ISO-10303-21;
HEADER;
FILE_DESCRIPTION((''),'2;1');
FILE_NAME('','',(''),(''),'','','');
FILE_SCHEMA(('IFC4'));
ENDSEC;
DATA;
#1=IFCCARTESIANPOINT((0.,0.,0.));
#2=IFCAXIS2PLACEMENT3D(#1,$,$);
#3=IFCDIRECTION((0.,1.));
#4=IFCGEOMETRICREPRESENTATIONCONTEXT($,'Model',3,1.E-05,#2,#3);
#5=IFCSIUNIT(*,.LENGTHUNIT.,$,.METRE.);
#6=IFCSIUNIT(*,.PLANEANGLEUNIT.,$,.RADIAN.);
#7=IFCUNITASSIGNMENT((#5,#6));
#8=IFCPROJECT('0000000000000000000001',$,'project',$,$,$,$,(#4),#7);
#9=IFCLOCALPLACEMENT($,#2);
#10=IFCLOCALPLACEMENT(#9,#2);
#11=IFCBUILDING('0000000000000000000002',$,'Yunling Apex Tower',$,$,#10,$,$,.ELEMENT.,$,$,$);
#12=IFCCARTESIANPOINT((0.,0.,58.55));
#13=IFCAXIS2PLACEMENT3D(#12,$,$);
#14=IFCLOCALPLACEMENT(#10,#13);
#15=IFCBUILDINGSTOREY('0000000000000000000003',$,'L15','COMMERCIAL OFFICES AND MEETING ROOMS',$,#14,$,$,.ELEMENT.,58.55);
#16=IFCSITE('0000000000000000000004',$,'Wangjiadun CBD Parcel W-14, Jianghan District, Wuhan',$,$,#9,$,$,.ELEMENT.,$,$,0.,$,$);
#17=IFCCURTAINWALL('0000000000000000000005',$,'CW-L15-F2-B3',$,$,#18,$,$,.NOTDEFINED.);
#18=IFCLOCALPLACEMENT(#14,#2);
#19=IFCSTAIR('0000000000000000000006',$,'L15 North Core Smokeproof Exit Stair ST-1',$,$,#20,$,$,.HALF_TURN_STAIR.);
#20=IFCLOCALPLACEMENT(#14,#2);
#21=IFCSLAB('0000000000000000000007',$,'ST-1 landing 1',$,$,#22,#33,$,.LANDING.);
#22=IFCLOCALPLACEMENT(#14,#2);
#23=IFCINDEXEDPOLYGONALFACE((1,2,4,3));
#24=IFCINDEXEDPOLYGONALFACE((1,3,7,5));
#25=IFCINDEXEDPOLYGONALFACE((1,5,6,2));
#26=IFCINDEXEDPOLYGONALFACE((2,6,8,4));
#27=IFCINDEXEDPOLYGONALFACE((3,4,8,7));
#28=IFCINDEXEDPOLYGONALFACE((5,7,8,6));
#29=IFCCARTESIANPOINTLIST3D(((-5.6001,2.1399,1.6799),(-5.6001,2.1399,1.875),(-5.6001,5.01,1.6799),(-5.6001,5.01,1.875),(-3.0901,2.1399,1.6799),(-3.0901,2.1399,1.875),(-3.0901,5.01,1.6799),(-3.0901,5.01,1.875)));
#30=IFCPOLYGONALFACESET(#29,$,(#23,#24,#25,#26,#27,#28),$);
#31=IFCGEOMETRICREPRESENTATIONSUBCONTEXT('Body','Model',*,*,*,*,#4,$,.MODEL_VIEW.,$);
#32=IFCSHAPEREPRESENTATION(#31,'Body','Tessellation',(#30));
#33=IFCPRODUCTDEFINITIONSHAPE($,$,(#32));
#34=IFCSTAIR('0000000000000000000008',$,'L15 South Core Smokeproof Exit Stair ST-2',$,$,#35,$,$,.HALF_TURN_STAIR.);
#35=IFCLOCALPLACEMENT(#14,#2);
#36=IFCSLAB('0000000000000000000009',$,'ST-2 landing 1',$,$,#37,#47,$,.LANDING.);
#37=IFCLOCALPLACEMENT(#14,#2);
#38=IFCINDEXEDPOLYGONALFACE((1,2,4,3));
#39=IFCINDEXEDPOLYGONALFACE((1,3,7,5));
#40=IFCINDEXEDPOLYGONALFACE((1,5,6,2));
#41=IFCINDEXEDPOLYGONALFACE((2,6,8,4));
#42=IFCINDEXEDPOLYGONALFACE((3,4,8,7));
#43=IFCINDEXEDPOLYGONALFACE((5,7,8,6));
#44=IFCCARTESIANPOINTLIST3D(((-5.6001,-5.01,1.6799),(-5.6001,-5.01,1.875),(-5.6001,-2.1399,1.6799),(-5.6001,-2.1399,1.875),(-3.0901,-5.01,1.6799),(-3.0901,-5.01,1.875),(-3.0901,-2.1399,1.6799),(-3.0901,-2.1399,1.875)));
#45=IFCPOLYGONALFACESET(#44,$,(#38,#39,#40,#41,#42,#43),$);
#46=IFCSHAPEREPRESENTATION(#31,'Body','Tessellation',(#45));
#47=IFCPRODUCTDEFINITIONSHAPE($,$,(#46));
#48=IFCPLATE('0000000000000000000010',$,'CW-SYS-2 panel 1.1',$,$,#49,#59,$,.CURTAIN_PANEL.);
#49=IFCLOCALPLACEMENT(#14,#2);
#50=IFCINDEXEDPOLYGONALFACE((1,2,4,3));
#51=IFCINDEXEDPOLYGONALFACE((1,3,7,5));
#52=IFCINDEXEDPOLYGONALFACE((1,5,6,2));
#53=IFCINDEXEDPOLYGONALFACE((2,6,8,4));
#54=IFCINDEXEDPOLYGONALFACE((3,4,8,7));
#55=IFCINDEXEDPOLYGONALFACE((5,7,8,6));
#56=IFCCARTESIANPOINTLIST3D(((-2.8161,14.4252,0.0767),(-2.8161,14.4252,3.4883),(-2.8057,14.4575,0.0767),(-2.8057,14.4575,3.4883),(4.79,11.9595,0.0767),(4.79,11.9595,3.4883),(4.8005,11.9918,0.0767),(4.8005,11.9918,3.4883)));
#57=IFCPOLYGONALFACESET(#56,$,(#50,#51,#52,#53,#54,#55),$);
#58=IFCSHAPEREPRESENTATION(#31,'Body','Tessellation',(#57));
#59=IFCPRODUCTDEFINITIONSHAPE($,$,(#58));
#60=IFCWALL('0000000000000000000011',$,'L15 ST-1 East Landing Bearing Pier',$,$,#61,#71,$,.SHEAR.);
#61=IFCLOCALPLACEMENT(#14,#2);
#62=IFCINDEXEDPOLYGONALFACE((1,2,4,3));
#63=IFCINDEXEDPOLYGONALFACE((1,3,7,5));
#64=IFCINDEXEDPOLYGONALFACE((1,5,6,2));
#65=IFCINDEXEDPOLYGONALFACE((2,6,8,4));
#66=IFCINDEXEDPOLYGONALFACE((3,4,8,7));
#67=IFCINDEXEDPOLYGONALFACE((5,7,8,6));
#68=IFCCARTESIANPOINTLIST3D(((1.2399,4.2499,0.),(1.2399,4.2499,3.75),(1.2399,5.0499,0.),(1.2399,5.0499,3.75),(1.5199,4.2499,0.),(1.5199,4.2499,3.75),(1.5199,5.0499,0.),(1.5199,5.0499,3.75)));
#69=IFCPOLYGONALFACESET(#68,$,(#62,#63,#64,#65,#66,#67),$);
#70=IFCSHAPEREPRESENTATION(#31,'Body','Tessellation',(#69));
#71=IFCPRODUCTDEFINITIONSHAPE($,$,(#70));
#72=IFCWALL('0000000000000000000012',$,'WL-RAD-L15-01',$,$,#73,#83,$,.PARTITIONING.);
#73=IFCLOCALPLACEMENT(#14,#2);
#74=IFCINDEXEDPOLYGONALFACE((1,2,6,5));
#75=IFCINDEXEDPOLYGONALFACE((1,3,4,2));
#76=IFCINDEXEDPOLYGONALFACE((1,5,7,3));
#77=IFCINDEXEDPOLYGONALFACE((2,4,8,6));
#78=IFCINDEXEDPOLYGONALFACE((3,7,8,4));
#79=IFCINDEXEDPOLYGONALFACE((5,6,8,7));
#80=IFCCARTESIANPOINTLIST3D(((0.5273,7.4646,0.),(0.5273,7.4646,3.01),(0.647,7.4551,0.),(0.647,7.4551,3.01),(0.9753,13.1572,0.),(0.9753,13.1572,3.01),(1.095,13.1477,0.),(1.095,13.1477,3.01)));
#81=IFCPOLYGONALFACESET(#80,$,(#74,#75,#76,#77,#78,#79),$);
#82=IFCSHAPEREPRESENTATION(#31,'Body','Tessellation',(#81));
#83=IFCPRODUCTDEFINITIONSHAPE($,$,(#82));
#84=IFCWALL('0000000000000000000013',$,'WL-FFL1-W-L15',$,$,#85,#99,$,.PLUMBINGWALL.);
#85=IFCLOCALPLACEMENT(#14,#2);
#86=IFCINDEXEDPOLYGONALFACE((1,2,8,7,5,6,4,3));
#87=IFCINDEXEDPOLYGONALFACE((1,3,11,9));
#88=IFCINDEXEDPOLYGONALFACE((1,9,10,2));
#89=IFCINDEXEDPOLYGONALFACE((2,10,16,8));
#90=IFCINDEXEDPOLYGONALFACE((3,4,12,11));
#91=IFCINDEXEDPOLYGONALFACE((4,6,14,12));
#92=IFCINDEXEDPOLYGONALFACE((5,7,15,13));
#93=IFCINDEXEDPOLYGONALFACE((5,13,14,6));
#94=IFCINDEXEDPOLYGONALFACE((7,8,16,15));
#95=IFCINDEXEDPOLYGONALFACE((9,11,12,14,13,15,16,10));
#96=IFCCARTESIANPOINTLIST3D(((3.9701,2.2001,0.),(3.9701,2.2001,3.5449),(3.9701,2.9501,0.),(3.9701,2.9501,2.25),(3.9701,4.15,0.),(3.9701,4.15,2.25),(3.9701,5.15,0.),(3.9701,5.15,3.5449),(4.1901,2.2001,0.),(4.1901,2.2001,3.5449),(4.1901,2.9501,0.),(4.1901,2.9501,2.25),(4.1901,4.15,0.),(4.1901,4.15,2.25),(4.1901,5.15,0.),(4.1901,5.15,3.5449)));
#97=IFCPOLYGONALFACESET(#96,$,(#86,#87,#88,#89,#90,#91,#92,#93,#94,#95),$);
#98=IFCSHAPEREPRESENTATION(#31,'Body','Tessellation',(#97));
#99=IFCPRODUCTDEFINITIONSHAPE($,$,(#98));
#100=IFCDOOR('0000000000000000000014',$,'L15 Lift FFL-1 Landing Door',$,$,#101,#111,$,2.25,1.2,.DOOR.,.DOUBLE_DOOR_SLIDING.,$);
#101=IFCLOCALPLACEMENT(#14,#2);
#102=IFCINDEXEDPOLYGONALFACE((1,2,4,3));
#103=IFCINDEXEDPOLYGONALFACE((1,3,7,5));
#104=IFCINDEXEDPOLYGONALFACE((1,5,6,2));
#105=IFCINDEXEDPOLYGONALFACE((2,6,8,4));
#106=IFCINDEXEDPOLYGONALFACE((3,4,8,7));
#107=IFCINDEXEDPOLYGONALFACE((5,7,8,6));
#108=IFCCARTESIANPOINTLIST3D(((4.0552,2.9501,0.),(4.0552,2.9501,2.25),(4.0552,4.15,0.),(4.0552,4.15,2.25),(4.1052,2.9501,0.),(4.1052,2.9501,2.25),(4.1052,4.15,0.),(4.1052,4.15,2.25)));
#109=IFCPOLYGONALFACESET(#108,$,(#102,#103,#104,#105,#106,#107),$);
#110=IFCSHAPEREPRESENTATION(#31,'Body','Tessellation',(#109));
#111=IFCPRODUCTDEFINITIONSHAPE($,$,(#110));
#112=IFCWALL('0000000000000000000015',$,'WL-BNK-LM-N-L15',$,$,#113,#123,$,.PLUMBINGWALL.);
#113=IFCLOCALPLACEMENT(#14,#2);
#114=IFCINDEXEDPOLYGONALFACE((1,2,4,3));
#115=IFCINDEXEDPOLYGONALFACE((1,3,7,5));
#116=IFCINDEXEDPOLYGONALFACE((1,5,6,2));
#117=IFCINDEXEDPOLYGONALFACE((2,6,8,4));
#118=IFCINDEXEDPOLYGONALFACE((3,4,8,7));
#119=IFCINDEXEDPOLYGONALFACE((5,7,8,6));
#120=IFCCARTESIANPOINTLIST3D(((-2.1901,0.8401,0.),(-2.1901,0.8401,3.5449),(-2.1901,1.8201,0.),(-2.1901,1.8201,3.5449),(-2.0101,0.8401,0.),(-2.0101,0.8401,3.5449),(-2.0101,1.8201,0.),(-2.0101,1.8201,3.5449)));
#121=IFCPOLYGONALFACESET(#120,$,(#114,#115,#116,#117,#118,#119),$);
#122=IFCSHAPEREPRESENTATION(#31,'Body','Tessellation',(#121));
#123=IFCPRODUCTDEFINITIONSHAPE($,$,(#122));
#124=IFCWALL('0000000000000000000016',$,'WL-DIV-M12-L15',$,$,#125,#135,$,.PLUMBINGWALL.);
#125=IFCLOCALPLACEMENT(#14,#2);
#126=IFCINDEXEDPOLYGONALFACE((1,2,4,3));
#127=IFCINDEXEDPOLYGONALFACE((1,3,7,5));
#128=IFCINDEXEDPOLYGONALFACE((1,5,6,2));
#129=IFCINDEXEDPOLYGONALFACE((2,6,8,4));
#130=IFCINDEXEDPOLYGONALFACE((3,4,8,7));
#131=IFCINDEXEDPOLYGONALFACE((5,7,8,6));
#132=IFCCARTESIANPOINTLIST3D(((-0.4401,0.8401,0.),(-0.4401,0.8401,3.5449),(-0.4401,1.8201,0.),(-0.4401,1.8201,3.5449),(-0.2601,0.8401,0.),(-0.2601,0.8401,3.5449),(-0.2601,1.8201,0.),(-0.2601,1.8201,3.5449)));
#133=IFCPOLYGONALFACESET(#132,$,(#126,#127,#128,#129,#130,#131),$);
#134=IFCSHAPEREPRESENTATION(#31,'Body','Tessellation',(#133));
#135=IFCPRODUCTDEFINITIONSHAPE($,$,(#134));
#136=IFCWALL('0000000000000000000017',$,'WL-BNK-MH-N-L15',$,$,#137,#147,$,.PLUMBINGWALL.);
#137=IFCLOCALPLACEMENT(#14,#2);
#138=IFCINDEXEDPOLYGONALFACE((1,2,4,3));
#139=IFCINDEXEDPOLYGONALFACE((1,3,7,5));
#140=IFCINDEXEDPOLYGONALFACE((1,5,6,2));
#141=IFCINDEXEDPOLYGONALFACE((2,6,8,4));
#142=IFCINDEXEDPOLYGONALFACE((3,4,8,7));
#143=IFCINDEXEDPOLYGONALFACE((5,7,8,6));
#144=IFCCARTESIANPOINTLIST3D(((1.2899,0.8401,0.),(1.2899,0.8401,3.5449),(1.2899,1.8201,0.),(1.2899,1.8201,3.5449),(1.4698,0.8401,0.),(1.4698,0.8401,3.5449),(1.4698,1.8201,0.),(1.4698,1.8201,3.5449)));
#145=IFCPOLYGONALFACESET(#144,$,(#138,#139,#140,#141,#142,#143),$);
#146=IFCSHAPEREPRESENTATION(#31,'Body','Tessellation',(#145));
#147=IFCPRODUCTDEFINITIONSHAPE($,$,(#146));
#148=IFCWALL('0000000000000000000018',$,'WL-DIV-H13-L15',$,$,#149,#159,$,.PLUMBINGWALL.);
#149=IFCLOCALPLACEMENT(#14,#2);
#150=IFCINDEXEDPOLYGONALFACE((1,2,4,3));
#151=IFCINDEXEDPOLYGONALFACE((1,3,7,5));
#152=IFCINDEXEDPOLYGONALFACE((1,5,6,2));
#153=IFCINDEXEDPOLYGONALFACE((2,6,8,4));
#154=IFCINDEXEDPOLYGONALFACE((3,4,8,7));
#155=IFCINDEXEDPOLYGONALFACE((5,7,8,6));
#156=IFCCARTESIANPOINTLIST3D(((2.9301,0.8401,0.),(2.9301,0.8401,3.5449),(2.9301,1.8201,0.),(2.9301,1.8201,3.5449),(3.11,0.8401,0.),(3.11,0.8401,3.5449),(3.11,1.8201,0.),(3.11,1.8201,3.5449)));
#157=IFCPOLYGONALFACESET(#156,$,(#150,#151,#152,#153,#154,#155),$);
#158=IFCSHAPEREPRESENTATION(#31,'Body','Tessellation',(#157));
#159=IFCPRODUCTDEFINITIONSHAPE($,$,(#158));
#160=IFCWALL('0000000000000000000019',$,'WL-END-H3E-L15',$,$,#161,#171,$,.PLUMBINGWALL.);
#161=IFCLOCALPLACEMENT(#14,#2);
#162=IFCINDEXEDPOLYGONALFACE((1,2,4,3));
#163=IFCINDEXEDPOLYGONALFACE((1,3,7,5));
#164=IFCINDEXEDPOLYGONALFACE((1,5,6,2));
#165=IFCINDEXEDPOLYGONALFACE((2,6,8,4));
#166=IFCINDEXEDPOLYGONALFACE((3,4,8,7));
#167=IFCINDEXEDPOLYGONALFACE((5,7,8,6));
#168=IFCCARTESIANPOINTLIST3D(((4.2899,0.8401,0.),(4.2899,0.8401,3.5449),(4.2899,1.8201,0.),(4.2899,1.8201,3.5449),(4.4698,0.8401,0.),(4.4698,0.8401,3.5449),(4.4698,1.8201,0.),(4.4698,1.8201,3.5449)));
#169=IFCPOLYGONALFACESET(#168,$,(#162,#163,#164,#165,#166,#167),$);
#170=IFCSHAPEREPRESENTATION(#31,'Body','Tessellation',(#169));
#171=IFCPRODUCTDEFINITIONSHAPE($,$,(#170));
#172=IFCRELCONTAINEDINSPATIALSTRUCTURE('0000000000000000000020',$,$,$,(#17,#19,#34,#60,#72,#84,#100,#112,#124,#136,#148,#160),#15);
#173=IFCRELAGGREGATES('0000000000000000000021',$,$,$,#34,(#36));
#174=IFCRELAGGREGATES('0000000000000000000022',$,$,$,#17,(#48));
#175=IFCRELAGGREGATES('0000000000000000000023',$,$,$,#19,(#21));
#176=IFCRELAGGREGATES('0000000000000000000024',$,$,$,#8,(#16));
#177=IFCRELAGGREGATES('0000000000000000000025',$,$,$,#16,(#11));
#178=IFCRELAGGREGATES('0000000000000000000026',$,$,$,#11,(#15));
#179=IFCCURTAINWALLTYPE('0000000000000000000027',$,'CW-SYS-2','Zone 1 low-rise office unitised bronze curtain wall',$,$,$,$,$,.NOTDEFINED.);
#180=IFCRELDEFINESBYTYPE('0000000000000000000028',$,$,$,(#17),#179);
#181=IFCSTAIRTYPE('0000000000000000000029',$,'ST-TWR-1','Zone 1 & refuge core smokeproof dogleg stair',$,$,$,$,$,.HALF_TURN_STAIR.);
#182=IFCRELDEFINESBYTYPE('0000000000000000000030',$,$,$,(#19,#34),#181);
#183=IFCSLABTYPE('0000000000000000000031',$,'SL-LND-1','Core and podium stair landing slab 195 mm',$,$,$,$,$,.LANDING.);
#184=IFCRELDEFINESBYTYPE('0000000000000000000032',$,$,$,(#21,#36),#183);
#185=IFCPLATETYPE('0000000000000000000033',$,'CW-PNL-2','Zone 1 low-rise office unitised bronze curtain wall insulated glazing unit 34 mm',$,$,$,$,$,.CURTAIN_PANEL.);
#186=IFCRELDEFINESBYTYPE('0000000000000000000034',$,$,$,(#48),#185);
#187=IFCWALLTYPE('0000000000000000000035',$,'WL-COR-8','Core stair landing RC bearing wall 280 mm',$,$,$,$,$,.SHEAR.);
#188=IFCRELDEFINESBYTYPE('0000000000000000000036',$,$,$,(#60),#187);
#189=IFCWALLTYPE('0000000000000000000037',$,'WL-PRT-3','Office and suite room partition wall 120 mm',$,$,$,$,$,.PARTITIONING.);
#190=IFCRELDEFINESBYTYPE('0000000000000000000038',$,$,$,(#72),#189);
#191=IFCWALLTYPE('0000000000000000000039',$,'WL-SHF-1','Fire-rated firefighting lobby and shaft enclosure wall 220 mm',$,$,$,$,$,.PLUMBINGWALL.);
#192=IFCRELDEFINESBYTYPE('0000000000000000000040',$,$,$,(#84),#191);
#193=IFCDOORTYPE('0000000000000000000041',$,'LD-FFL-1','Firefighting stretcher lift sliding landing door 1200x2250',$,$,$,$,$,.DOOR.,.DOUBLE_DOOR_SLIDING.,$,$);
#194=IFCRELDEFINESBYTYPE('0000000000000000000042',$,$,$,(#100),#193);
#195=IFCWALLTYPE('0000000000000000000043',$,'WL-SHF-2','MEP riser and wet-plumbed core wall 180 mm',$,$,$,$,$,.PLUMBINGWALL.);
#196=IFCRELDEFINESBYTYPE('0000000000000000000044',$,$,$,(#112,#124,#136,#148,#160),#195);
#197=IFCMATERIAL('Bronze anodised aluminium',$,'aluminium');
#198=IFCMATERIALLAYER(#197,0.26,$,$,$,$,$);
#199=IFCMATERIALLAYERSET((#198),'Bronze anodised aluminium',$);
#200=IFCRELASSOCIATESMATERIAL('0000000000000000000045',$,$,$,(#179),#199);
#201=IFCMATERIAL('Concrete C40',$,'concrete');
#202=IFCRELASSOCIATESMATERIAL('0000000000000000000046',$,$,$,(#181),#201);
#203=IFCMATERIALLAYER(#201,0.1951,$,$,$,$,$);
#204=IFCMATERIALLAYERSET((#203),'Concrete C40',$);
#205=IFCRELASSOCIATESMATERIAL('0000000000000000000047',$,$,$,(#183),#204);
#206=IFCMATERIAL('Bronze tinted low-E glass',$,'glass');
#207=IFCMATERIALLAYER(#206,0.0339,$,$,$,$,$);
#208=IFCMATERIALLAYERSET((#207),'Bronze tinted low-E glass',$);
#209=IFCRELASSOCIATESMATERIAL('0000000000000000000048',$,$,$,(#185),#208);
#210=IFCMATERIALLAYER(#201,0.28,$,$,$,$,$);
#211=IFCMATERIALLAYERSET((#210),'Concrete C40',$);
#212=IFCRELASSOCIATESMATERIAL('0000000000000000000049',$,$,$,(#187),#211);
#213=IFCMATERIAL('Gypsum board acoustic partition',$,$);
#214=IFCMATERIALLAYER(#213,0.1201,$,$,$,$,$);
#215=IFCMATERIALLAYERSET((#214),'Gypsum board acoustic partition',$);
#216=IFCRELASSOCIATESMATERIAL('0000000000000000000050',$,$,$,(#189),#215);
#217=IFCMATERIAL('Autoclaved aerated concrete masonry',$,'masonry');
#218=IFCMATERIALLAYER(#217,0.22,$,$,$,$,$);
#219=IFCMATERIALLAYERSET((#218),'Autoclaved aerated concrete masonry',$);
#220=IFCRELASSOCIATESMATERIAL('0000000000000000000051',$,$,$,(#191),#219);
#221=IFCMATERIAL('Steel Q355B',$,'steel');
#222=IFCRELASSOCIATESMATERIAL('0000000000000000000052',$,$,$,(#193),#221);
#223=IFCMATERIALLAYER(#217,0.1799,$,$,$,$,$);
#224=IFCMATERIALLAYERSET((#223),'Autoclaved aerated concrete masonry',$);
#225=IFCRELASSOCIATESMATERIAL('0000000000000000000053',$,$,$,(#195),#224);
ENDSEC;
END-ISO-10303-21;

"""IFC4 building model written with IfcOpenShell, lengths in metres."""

from ifc_helpers import new_model, si_unit, direction, frame, frame_2d, origin, origin_2d, place, context, subcontext, project, spatial, polyline, rectangle, outline, extrude, source, transform, mapped, material, layer, layer_set, type_object, element, fill, aggregate, save


model = new_model("IFC4")

# Units and contexts
model_context = context("Model", 3, precision=1e-05, world=origin(), true_north=direction((0.0, 1.0)))
body_context = subcontext(model_context, "Body", "Model", "MODEL_VIEW")
ifc_project = project(units=[si_unit("LENGTHUNIT", "METRE"), si_unit("PLANEANGLEUNIT", "RADIAN")], contexts=[model_context])

# Site, building, storey
site_placement = place(None, origin())
site = spatial("IfcSite", under=ifc_project, at=site_placement, Name="Wangjiadun CBD Parcel W-14, Jianghan District, Wuhan", CompositionType="ELEMENT", RefElevation=0.0)
building_placement = place(site_placement, origin())
building = spatial("IfcBuilding", under=site, at=building_placement, Name="Yunling Apex Tower", CompositionType="ELEMENT")
storey_placement = place(building_placement, frame((0.0, 0.0, 58.55)))
storey = spatial("IfcBuildingStorey", under=building, at=storey_placement, Name="L15", Description="COMMERCIAL OFFICES AND MEETING ROOMS", CompositionType="ELEMENT", Elevation=58.55)

# Shared definitions
ifc_material_1 = material(Name="Steel Q355B", Category="steel")

# Shared definitions
ifc_material_2 = material(Name="Bronze anodised aluminium", Category="aluminium")
ifc_layer_1 = layer(ifc_material_2, 0.26)
ifc_layer_set_1 = layer_set([ifc_layer_1], Name="Bronze anodised aluminium")
curtain_wall_type = type_object("IfcCurtainWallType", Name="CW-SYS-2", Description="Zone 1 low-rise office unitised bronze curtain wall", PredefinedType="NOTDEFINED", material=ifc_layer_set_1)

# Curtain wall
curtain_wall_1_placement = place(storey_placement, origin())
curtain_wall_1 = element("IfcCurtainWall", 1, at=curtain_wall_1_placement, inside=storey, type_object=curtain_wall_type, Name="CW-L15-F2-B3", PredefinedType="NOTDEFINED")

# Shared definitions
ifc_material_3 = material(Name="Concrete C40", Category="concrete")

# Stairs, slabs
stair_type = type_object("IfcStairType", Name="ST-TWR-1", Description="Zone 1 & refuge core smokeproof dogleg stair", PredefinedType="HALF_TURN_STAIR", material=ifc_material_3)
stair_1_placement = place(storey_placement, origin())
stair_1 = element("IfcStair", 2, at=stair_1_placement, inside=storey, type_object=stair_type, Name="L15 North Core Smokeproof Exit Stair ST-1", PredefinedType="HALF_TURN_STAIR")
ifc_layer_2 = layer(ifc_material_3, 0.1951)
ifc_layer_set_2 = layer_set([ifc_layer_2], Name="Concrete C40")
slab_type_1 = type_object("IfcSlabType", Name="SL-LND-1", Description="Core and podium stair landing slab 195 mm", PredefinedType="LANDING", material=ifc_layer_set_2)
slab_1_placement = place(storey_placement, frame((0.0, 0.0, 1.6799)))
slab_1 = element("IfcSlab", 3, at=slab_1_placement, type_object=slab_type_1, Name="ST-1 landing 1", PredefinedType="LANDING", context=body_context, shape_type="SweptSolid", body=[
    extrude(outline(polyline([(-3.0901, 5.01), (-5.6001, 5.01), (-5.6001, 2.1399), (-3.0901, 2.1399), (-3.0901, 5.01)])), origin(), (0.0, 0.0, 1.0), 0.1951),
])
stair_2_placement = place(storey_placement, origin())
stair_2 = element("IfcStair", 4, at=stair_2_placement, inside=storey, type_object=stair_type, Name="L15 South Core Smokeproof Exit Stair ST-2", PredefinedType="HALF_TURN_STAIR")
slab_2_placement = place(storey_placement, frame((0.0, 0.0, 1.6799)))
slab_2 = element("IfcSlab", 5, at=slab_2_placement, type_object=slab_type_1, Name="ST-2 landing 1", PredefinedType="LANDING", context=body_context, shape_type="SweptSolid", body=[
    extrude(outline(polyline([(-3.0901, -2.1399), (-5.6001, -2.1399), (-5.6001, -5.01), (-3.0901, -5.01), (-3.0901, -2.1399)])), origin(), (0.0, 0.0, 1.0), 0.1951),
])
aggregate(stair_2, [slab_2])

# Plate
ifc_material_4 = material(Name="Bronze tinted low-E glass", Category="glass")
ifc_layer_3 = layer(ifc_material_4, 0.0339)
ifc_layer_set_3 = layer_set([ifc_layer_3], Name="Bronze tinted low-E glass")
plate_type = type_object("IfcPlateType", Name="CW-PNL-2", Description="Zone 1 low-rise office unitised bronze curtain wall insulated glazing unit 34 mm", PredefinedType="CURTAIN_PANEL", material=ifc_layer_set_3)
shared_shape_1 = source(origin(), body_context, "Body", "SweptSolid", [
    extrude(rectangle(XDim=7.9958, YDim=0.0339, at=origin_2d()), origin(), (0.0, 0.0, 1.0), 3.4116),
])
plate_placement = place(storey_placement, frame((0.9922, 13.2085, 0.0767), z_axis=(0.0, 0.0, 1.0), x_axis=(-0.951267, 0.308368, 0.0)))
plate = element("IfcPlate", 6, at=plate_placement, type_object=plate_type, Name="CW-SYS-2 panel 1.1", PredefinedType="CURTAIN_PANEL", context=body_context, shape_type="MappedRepresentation", body=[
    mapped(shared_shape_1, transform((0.0, 0.0, 0.0), scale=1.0)),
])
aggregate(curtain_wall_1, [plate])

# Walls
ifc_layer_4 = layer(ifc_material_3, 0.28)
ifc_layer_set_4 = layer_set([ifc_layer_4], Name="Concrete C40")
wall_type_1 = type_object("IfcWallType", Name="WL-COR-8", Description="Core stair landing RC bearing wall 280 mm", PredefinedType="SHEAR", material=ifc_layer_set_4)
wall_1_placement = place(storey_placement, frame((1.3799, 4.25, 0.0), z_axis=(0.0, 0.0, 1.0), x_axis=(0.0, 1.0, 0.0)))
element("IfcWall", 7, at=wall_1_placement, inside=storey, type_object=wall_type_1, Name="L15 ST-1 East Landing Bearing Pier", PredefinedType="SHEAR", context=body_context, shape_type="SweptSolid", body=[
    extrude(rectangle(XDim=0.8, YDim=0.28, at=frame_2d((0.3999, 0.0))), origin(), (0.0, 0.0, 1.0), 3.75),
])
ifc_material_5 = material(Name="Gypsum board acoustic partition")
ifc_layer_5 = layer(ifc_material_5, 0.1201)
ifc_layer_set_5 = layer_set([ifc_layer_5], Name="Gypsum board acoustic partition")
wall_type_2 = type_object("IfcWallType", Name="WL-PRT-3", Description="Office and suite room partition wall 120 mm", PredefinedType="PARTITIONING", material=ifc_layer_set_5)
wall_2_placement = place(storey_placement, frame((0.5872, 7.46, 0.0), z_axis=(0.0, 0.0, 1.0), x_axis=(0.078455, 0.996918, 0.0)))
element("IfcWall", 8, at=wall_2_placement, inside=storey, type_object=wall_type_2, Name="WL-RAD-L15-01", PredefinedType="PARTITIONING", context=body_context, shape_type="SweptSolid", body=[
    extrude(rectangle(XDim=5.7102, YDim=0.1201, at=frame_2d((2.855, 0.0))), origin(), (0.0, 0.0, 1.0), 3.01),
])

# Wall, opening, door
ifc_material_6 = material(Name="Autoclaved aerated concrete masonry", Category="masonry")
ifc_layer_6 = layer(ifc_material_6, 0.22)
ifc_layer_set_6 = layer_set([ifc_layer_6], Name="Autoclaved aerated concrete masonry")
wall_type_3 = type_object("IfcWallType", Name="WL-SHF-1", Description="Fire-rated firefighting lobby and shaft enclosure wall 220 mm", PredefinedType="PLUMBINGWALL", material=ifc_layer_set_6)
wall_3_placement = place(storey_placement, frame((4.0801, 2.2, 0.0), z_axis=(0.0, 0.0, 1.0), x_axis=(0.0, 1.0, 0.0)))
wall_3 = element("IfcWall", 9, at=wall_3_placement, inside=storey, type_object=wall_type_3, Name="WL-FFL1-W-L15", PredefinedType="PLUMBINGWALL", context=body_context, shape_type="SweptSolid", body=[
    extrude(rectangle(XDim=2.95, YDim=0.22, at=frame_2d((1.4751, 0.0))), origin(), (0.0, 0.0, 1.0), 3.5449),
])
opening_1_placement = place(wall_3_placement, frame((0.75, 0.0, 0.0)))
opening_1 = element("IfcOpeningElement", 10, at=opening_1_placement, cuts=wall_3, PredefinedType="OPENING", context=body_context, shape_type="SweptSolid", body=[
    extrude(rectangle(XDim=1.2, YDim=2.25, at=frame_2d((0.6001, 1.125))), frame((0.0, 0.1201, 0.0), z_axis=(0.0, -1.0, 0.0), x_axis=(1.0, 0.0, 0.0)), (0.0, 0.0, 1.0), 0.24),
])
door_type_1 = type_object("IfcDoorType", Name="LD-FFL-1", Description="Firefighting stretcher lift sliding landing door 1200x2250", OperationType="DOUBLE_DOOR_SLIDING", PredefinedType="DOOR", material=ifc_material_1)
door_1_placement = place(opening_1_placement, origin())
door_1 = element("IfcDoor", 11, at=door_1_placement, inside=storey, type_object=door_type_1, Name="L15 Lift FFL-1 Landing Door", OperationType="DOUBLE_DOOR_SLIDING", OverallHeight=2.25, OverallWidth=1.2, PredefinedType="DOOR", context=body_context, shape_type="SweptSolid", body=[
    extrude(rectangle(XDim=1.2, YDim=2.25, at=frame_2d((0.6001, 1.125))), frame((0.0, 0.0249, 0.0), z_axis=(0.0, -1.0, 0.0), x_axis=(1.0, 0.0, 0.0)), (0.0, 0.0, 1.0), 0.05),
])
fill(opening_1, door_1)

# Walls
ifc_layer_7 = layer(ifc_material_6, 0.1799)
ifc_layer_set_7 = layer_set([ifc_layer_7], Name="Autoclaved aerated concrete masonry")
wall_type_4 = type_object("IfcWallType", Name="WL-SHF-2", Description="MEP riser and wet-plumbed core wall 180 mm", PredefinedType="PLUMBINGWALL", material=ifc_layer_set_7)
for number, where, z_axis, x_axis, name in (
    (12, (-2.1001, 0.8401, 0.0), (0.0, 0.0, 1.0), (0.0, 1.0, 0.0), "WL-BNK-LM-N-L15"),
    (13, (-0.3501, 0.8401, 0.0), (0.0, 0.0, 1.0), (0.0, 1.0, 0.0), "WL-DIV-M12-L15"),
    (14, (1.3799, 0.8401, 0.0), (0.0, 0.0, 1.0), (0.0, 1.0, 0.0), "WL-BNK-MH-N-L15"),
    (15, (3.02, 0.8401, 0.0), (0.0, 0.0, 1.0), (0.0, 1.0, 0.0), "WL-DIV-H13-L15"),
    (16, (4.3799, 0.8401, 0.0), (0.0, 0.0, 1.0), (0.0, 1.0, 0.0), "WL-END-H3E-L15"),
):
    element("IfcWall", number, at=place(storey_placement, frame(where, z_axis=z_axis, x_axis=x_axis)), inside=storey, type_object=wall_type_4, Name=name, PredefinedType="PLUMBINGWALL", context=body_context, shape_type="SweptSolid", body=[
        extrude(rectangle(XDim=0.98, YDim=0.1799, at=frame_2d((0.49, 0.0))), origin(), (0.0, 0.0, 1.0), 3.5449),
    ])

aggregate(stair_1, [slab_1])

save(model, "model.ifc")
